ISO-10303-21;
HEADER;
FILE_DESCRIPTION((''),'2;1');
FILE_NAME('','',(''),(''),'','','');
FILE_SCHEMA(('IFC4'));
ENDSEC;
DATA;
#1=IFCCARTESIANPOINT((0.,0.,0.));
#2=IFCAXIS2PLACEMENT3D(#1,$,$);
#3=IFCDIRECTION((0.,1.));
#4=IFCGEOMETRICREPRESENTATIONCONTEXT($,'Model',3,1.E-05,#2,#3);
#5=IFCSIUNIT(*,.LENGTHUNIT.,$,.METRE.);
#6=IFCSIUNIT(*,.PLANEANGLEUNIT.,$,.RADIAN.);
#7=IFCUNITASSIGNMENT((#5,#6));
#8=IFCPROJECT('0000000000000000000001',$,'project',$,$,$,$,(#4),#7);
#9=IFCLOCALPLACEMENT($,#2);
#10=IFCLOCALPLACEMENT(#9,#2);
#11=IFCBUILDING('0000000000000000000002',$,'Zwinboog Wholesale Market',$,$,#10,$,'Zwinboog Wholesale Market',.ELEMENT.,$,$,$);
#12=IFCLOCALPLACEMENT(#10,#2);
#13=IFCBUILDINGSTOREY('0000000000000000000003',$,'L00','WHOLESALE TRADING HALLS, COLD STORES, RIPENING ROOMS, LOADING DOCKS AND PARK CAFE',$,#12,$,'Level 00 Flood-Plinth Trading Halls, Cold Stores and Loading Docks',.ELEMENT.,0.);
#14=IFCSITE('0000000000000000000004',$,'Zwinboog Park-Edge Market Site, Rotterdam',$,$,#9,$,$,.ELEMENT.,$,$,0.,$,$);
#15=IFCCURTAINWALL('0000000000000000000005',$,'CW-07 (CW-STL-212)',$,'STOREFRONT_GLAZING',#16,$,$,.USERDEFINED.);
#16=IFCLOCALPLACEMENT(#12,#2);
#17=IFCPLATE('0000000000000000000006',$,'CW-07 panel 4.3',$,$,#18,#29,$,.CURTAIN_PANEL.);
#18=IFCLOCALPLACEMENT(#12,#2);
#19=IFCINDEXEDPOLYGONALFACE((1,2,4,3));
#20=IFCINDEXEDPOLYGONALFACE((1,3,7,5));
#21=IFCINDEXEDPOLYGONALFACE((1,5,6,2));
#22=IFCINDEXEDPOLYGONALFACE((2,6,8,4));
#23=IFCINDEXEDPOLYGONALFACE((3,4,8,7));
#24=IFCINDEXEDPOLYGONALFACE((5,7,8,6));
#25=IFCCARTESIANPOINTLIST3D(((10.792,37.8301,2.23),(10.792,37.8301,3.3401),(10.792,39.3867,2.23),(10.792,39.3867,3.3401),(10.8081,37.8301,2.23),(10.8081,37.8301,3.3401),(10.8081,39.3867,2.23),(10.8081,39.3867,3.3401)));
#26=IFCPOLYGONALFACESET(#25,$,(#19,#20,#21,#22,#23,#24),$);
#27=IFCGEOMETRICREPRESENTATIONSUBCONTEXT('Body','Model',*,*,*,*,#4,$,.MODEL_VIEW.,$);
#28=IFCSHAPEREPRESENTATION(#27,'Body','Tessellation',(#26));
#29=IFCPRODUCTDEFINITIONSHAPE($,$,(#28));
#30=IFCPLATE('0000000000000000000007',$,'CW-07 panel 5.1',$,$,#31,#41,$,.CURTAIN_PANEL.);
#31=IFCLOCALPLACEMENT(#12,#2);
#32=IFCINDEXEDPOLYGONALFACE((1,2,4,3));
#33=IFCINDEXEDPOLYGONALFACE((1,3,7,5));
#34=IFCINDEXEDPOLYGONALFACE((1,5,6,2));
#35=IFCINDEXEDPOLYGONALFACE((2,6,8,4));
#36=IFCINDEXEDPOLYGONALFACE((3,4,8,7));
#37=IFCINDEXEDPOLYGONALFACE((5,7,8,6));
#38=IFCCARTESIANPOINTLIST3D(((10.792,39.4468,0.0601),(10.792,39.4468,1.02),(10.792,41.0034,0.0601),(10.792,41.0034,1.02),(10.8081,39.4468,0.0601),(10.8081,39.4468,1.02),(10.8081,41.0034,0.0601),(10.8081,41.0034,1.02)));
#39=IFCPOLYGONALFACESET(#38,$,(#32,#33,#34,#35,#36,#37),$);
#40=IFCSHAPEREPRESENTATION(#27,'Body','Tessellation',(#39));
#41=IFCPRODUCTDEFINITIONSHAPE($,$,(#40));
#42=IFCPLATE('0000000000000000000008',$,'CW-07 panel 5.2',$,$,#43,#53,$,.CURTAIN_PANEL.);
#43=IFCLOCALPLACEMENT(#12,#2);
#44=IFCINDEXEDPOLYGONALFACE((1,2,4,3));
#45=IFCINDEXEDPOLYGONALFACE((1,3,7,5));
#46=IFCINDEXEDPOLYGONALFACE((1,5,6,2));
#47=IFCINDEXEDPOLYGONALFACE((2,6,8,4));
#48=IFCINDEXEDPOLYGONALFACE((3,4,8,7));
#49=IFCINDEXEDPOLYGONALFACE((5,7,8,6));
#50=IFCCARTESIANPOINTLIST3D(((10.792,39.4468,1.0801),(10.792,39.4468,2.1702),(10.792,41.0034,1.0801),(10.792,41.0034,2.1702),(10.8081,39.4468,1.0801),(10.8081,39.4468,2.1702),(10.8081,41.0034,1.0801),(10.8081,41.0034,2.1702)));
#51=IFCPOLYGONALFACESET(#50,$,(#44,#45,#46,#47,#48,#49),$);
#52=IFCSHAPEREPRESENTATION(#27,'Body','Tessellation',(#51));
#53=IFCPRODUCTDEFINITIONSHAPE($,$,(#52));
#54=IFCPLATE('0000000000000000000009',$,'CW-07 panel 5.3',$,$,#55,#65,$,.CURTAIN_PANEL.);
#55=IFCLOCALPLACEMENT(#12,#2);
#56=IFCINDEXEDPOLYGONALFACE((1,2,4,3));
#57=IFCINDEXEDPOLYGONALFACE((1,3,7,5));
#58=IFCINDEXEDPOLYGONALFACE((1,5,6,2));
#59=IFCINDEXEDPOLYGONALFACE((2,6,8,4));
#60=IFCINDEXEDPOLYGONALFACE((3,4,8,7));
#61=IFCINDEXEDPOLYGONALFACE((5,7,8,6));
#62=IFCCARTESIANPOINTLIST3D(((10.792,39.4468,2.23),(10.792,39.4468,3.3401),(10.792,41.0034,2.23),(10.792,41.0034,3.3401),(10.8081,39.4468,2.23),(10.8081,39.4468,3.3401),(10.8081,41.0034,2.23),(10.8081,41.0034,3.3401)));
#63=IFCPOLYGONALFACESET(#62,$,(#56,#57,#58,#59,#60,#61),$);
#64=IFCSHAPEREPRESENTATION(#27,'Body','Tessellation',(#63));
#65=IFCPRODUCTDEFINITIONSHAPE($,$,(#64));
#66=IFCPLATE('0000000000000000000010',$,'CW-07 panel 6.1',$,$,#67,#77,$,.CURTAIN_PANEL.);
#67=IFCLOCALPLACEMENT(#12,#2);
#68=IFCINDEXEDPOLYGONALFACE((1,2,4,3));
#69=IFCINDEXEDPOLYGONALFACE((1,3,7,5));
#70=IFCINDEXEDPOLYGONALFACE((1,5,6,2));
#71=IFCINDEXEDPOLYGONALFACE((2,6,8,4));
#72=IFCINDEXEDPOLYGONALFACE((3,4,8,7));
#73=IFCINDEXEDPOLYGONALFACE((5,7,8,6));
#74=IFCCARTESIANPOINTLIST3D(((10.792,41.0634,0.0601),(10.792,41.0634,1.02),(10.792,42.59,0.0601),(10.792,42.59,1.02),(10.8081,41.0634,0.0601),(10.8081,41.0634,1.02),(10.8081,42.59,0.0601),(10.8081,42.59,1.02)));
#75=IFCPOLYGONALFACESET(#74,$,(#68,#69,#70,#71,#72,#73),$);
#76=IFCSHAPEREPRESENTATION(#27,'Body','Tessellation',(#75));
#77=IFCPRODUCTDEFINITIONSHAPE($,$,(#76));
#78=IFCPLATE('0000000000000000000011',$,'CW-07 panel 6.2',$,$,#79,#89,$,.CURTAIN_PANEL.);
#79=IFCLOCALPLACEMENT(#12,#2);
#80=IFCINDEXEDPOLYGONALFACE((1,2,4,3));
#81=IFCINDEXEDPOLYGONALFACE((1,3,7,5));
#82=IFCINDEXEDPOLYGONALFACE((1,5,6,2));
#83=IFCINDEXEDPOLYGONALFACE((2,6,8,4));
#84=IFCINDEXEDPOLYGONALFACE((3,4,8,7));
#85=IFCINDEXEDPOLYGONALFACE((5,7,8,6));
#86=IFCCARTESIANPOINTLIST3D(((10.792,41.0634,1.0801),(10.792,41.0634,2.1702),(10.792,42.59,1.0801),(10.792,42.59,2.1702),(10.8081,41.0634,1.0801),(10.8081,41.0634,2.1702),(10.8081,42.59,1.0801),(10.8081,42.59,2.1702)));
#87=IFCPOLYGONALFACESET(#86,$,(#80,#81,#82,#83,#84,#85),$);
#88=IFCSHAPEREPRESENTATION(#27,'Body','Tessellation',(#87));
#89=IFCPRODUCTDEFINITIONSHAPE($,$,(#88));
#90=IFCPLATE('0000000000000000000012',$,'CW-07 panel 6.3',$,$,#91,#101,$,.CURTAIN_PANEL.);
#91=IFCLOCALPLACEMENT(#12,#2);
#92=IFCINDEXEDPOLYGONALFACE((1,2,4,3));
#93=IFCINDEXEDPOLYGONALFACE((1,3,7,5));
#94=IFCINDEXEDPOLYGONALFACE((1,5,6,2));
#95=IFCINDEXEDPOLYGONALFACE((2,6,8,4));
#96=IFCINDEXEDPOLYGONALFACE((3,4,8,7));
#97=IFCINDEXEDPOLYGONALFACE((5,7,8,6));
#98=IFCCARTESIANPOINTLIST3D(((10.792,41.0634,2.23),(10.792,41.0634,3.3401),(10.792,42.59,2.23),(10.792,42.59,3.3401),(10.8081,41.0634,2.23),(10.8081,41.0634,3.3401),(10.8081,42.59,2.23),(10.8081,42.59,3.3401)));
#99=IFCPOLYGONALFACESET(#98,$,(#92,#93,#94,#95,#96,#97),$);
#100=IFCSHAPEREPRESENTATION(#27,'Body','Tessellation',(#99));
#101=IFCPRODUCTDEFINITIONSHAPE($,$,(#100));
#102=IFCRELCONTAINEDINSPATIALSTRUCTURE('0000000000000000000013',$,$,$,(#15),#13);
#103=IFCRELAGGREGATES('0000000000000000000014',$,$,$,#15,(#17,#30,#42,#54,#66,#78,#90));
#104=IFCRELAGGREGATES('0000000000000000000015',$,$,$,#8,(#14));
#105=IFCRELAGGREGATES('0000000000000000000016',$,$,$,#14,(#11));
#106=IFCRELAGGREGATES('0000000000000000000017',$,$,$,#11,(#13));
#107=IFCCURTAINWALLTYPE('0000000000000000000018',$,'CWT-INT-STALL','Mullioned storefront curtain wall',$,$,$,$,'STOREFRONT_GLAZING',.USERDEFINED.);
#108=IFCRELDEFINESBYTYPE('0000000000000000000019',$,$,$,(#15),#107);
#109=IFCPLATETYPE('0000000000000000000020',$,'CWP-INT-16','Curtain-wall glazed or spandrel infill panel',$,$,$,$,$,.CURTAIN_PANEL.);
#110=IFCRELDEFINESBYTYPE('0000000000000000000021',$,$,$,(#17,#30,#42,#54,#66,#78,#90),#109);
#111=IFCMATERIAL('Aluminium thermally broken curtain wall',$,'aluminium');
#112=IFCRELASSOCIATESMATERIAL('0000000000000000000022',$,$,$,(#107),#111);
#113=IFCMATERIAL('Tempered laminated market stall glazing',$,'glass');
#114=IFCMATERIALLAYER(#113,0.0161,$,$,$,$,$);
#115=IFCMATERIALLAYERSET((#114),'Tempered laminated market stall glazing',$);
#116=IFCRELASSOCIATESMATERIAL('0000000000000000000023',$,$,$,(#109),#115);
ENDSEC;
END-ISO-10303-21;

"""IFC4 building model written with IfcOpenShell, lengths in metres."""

from ifc_helpers import new_model, si_unit, direction, frame, origin, origin_2d, place, context, subcontext, project, spatial, rectangle, extrude, material, layer, layer_set, type_object, element, aggregate, save


model = new_model("IFC4")

# Units and contexts
model_context = context("Model", 3, precision=1e-05, world=origin(), true_north=direction((0.0, 1.0)))
body_context = subcontext(model_context, "Body", "Model", "MODEL_VIEW")
ifc_project = project(units=[si_unit("LENGTHUNIT", "METRE"), si_unit("PLANEANGLEUNIT", "RADIAN")], contexts=[model_context])

# Site, building, storey
site_placement = place(None, origin())
site = spatial("IfcSite", under=ifc_project, at=site_placement, Name="Zwinboog Park-Edge Market Site, Rotterdam", CompositionType="ELEMENT", RefElevation=0.0)
building_placement = place(site_placement, origin())
building = spatial("IfcBuilding", under=site, at=building_placement, Name="Zwinboog Wholesale Market", LongName="Zwinboog Wholesale Market", CompositionType="ELEMENT")
storey_placement = place(building_placement, origin())
storey = spatial("IfcBuildingStorey", under=building, at=storey_placement, Name="L00", Description="WHOLESALE TRADING HALLS, COLD STORES, RIPENING ROOMS, LOADING DOCKS AND PARK CAFE", LongName="Level 00 Flood-Plinth Trading Halls, Cold Stores and Loading Docks", CompositionType="ELEMENT", Elevation=0.0)

# Curtain wall, plates
ifc_material_1 = material(Name="Aluminium thermally broken curtain wall", Category="aluminium")
curtain_wall_type = type_object("IfcCurtainWallType", Name="CWT-INT-STALL", Description="Mullioned storefront curtain wall", ElementType="STOREFRONT_GLAZING", PredefinedType="USERDEFINED", material=ifc_material_1)
curtain_wall_placement = place(storey_placement, origin())
curtain_wall = element("IfcCurtainWall", 1, at=curtain_wall_placement, inside=storey, type_object=curtain_wall_type, Name="CW-07 (CW-STL-212)", ObjectType="STOREFRONT_GLAZING", PredefinedType="USERDEFINED")
ifc_material_2 = material(Name="Tempered laminated market stall glazing", Category="glass")
ifc_layer = layer(ifc_material_2, 0.0161)
ifc_layer_set = layer_set([ifc_layer], Name="Tempered laminated market stall glazing")
plate_type = type_object("IfcPlateType", Name="CWP-INT-16", Description="Curtain-wall glazed or spandrel infill panel", PredefinedType="CURTAIN_PANEL", material=ifc_layer_set)
plate_1_placement = place(storey_placement, frame((10.8, 38.6084, 2.23), z_axis=(0.0, 0.0, 1.0), x_axis=(0.0, 1.0, 0.0)))
plate_1 = element("IfcPlate", 2, at=plate_1_placement, type_object=plate_type, Name="CW-07 panel 4.3", PredefinedType="CURTAIN_PANEL", context=body_context, shape_type="SweptSolid", body=[
    extrude(rectangle(XDim=1.5566, YDim=0.0161, at=origin_2d()), origin(), (0.0, 0.0, 1.0), 1.1101),
])
plate_2_placement = place(storey_placement, frame((10.8, 40.2251, 0.0601), z_axis=(0.0, 0.0, 1.0), x_axis=(0.0, 1.0, 0.0)))
plate_2 = element("IfcPlate", 3, at=plate_2_placement, type_object=plate_type, Name="CW-07 panel 5.1", PredefinedType="CURTAIN_PANEL", context=body_context, shape_type="SweptSolid", body=[
    extrude(rectangle(XDim=1.5566, YDim=0.0161, at=origin_2d()), origin(), (0.0, 0.0, 1.0), 0.96),
])
plate_3_placement = place(storey_placement, frame((10.8, 40.2251, 1.0801), z_axis=(0.0, 0.0, 1.0), x_axis=(0.0, 1.0, 0.0)))
plate_3 = element("IfcPlate", 4, at=plate_3_placement, type_object=plate_type, Name="CW-07 panel 5.2", PredefinedType="CURTAIN_PANEL", context=body_context, shape_type="SweptSolid", body=[
    extrude(rectangle(XDim=1.5566, YDim=0.0161, at=origin_2d()), origin(), (0.0, 0.0, 1.0), 1.0901),
])
plate_4_placement = place(storey_placement, frame((10.8, 40.2251, 2.23), z_axis=(0.0, 0.0, 1.0), x_axis=(0.0, 1.0, 0.0)))
plate_4 = element("IfcPlate", 5, at=plate_4_placement, type_object=plate_type, Name="CW-07 panel 5.3", PredefinedType="CURTAIN_PANEL", context=body_context, shape_type="SweptSolid", body=[
    extrude(rectangle(XDim=1.5566, YDim=0.0161, at=origin_2d()), origin(), (0.0, 0.0, 1.0), 1.1101),
])
plate_5_placement = place(storey_placement, frame((10.8, 41.8267, 0.0601), z_axis=(0.0, 0.0, 1.0), x_axis=(0.0, 1.0, 0.0)))
plate_5 = element("IfcPlate", 6, at=plate_5_placement, type_object=plate_type, Name="CW-07 panel 6.1", PredefinedType="CURTAIN_PANEL", context=body_context, shape_type="SweptSolid", body=[
    extrude(rectangle(XDim=1.5266, YDim=0.0161, at=origin_2d()), origin(), (0.0, 0.0, 1.0), 0.96),
])
plate_6_placement = place(storey_placement, frame((10.8, 41.8267, 1.0801), z_axis=(0.0, 0.0, 1.0), x_axis=(0.0, 1.0, 0.0)))
plate_6 = element("IfcPlate", 7, at=plate_6_placement, type_object=plate_type, Name="CW-07 panel 6.2", PredefinedType="CURTAIN_PANEL", context=body_context, shape_type="SweptSolid", body=[
    extrude(rectangle(XDim=1.5266, YDim=0.0161, at=origin_2d()), origin(), (0.0, 0.0, 1.0), 1.0901),
])
plate_7_placement = place(storey_placement, frame((10.8, 41.8267, 2.23), z_axis=(0.0, 0.0, 1.0), x_axis=(0.0, 1.0, 0.0)))
plate_7 = element("IfcPlate", 8, at=plate_7_placement, type_object=plate_type, Name="CW-07 panel 6.3", PredefinedType="CURTAIN_PANEL", context=body_context, shape_type="SweptSolid", body=[
    extrude(rectangle(XDim=1.5266, YDim=0.0161, at=origin_2d()), origin(), (0.0, 0.0, 1.0), 1.1101),
])
aggregate(curtain_wall, [plate_1, plate_2, plate_3, plate_4, plate_5, plate_6, plate_7])

save(model, "model.ifc")
